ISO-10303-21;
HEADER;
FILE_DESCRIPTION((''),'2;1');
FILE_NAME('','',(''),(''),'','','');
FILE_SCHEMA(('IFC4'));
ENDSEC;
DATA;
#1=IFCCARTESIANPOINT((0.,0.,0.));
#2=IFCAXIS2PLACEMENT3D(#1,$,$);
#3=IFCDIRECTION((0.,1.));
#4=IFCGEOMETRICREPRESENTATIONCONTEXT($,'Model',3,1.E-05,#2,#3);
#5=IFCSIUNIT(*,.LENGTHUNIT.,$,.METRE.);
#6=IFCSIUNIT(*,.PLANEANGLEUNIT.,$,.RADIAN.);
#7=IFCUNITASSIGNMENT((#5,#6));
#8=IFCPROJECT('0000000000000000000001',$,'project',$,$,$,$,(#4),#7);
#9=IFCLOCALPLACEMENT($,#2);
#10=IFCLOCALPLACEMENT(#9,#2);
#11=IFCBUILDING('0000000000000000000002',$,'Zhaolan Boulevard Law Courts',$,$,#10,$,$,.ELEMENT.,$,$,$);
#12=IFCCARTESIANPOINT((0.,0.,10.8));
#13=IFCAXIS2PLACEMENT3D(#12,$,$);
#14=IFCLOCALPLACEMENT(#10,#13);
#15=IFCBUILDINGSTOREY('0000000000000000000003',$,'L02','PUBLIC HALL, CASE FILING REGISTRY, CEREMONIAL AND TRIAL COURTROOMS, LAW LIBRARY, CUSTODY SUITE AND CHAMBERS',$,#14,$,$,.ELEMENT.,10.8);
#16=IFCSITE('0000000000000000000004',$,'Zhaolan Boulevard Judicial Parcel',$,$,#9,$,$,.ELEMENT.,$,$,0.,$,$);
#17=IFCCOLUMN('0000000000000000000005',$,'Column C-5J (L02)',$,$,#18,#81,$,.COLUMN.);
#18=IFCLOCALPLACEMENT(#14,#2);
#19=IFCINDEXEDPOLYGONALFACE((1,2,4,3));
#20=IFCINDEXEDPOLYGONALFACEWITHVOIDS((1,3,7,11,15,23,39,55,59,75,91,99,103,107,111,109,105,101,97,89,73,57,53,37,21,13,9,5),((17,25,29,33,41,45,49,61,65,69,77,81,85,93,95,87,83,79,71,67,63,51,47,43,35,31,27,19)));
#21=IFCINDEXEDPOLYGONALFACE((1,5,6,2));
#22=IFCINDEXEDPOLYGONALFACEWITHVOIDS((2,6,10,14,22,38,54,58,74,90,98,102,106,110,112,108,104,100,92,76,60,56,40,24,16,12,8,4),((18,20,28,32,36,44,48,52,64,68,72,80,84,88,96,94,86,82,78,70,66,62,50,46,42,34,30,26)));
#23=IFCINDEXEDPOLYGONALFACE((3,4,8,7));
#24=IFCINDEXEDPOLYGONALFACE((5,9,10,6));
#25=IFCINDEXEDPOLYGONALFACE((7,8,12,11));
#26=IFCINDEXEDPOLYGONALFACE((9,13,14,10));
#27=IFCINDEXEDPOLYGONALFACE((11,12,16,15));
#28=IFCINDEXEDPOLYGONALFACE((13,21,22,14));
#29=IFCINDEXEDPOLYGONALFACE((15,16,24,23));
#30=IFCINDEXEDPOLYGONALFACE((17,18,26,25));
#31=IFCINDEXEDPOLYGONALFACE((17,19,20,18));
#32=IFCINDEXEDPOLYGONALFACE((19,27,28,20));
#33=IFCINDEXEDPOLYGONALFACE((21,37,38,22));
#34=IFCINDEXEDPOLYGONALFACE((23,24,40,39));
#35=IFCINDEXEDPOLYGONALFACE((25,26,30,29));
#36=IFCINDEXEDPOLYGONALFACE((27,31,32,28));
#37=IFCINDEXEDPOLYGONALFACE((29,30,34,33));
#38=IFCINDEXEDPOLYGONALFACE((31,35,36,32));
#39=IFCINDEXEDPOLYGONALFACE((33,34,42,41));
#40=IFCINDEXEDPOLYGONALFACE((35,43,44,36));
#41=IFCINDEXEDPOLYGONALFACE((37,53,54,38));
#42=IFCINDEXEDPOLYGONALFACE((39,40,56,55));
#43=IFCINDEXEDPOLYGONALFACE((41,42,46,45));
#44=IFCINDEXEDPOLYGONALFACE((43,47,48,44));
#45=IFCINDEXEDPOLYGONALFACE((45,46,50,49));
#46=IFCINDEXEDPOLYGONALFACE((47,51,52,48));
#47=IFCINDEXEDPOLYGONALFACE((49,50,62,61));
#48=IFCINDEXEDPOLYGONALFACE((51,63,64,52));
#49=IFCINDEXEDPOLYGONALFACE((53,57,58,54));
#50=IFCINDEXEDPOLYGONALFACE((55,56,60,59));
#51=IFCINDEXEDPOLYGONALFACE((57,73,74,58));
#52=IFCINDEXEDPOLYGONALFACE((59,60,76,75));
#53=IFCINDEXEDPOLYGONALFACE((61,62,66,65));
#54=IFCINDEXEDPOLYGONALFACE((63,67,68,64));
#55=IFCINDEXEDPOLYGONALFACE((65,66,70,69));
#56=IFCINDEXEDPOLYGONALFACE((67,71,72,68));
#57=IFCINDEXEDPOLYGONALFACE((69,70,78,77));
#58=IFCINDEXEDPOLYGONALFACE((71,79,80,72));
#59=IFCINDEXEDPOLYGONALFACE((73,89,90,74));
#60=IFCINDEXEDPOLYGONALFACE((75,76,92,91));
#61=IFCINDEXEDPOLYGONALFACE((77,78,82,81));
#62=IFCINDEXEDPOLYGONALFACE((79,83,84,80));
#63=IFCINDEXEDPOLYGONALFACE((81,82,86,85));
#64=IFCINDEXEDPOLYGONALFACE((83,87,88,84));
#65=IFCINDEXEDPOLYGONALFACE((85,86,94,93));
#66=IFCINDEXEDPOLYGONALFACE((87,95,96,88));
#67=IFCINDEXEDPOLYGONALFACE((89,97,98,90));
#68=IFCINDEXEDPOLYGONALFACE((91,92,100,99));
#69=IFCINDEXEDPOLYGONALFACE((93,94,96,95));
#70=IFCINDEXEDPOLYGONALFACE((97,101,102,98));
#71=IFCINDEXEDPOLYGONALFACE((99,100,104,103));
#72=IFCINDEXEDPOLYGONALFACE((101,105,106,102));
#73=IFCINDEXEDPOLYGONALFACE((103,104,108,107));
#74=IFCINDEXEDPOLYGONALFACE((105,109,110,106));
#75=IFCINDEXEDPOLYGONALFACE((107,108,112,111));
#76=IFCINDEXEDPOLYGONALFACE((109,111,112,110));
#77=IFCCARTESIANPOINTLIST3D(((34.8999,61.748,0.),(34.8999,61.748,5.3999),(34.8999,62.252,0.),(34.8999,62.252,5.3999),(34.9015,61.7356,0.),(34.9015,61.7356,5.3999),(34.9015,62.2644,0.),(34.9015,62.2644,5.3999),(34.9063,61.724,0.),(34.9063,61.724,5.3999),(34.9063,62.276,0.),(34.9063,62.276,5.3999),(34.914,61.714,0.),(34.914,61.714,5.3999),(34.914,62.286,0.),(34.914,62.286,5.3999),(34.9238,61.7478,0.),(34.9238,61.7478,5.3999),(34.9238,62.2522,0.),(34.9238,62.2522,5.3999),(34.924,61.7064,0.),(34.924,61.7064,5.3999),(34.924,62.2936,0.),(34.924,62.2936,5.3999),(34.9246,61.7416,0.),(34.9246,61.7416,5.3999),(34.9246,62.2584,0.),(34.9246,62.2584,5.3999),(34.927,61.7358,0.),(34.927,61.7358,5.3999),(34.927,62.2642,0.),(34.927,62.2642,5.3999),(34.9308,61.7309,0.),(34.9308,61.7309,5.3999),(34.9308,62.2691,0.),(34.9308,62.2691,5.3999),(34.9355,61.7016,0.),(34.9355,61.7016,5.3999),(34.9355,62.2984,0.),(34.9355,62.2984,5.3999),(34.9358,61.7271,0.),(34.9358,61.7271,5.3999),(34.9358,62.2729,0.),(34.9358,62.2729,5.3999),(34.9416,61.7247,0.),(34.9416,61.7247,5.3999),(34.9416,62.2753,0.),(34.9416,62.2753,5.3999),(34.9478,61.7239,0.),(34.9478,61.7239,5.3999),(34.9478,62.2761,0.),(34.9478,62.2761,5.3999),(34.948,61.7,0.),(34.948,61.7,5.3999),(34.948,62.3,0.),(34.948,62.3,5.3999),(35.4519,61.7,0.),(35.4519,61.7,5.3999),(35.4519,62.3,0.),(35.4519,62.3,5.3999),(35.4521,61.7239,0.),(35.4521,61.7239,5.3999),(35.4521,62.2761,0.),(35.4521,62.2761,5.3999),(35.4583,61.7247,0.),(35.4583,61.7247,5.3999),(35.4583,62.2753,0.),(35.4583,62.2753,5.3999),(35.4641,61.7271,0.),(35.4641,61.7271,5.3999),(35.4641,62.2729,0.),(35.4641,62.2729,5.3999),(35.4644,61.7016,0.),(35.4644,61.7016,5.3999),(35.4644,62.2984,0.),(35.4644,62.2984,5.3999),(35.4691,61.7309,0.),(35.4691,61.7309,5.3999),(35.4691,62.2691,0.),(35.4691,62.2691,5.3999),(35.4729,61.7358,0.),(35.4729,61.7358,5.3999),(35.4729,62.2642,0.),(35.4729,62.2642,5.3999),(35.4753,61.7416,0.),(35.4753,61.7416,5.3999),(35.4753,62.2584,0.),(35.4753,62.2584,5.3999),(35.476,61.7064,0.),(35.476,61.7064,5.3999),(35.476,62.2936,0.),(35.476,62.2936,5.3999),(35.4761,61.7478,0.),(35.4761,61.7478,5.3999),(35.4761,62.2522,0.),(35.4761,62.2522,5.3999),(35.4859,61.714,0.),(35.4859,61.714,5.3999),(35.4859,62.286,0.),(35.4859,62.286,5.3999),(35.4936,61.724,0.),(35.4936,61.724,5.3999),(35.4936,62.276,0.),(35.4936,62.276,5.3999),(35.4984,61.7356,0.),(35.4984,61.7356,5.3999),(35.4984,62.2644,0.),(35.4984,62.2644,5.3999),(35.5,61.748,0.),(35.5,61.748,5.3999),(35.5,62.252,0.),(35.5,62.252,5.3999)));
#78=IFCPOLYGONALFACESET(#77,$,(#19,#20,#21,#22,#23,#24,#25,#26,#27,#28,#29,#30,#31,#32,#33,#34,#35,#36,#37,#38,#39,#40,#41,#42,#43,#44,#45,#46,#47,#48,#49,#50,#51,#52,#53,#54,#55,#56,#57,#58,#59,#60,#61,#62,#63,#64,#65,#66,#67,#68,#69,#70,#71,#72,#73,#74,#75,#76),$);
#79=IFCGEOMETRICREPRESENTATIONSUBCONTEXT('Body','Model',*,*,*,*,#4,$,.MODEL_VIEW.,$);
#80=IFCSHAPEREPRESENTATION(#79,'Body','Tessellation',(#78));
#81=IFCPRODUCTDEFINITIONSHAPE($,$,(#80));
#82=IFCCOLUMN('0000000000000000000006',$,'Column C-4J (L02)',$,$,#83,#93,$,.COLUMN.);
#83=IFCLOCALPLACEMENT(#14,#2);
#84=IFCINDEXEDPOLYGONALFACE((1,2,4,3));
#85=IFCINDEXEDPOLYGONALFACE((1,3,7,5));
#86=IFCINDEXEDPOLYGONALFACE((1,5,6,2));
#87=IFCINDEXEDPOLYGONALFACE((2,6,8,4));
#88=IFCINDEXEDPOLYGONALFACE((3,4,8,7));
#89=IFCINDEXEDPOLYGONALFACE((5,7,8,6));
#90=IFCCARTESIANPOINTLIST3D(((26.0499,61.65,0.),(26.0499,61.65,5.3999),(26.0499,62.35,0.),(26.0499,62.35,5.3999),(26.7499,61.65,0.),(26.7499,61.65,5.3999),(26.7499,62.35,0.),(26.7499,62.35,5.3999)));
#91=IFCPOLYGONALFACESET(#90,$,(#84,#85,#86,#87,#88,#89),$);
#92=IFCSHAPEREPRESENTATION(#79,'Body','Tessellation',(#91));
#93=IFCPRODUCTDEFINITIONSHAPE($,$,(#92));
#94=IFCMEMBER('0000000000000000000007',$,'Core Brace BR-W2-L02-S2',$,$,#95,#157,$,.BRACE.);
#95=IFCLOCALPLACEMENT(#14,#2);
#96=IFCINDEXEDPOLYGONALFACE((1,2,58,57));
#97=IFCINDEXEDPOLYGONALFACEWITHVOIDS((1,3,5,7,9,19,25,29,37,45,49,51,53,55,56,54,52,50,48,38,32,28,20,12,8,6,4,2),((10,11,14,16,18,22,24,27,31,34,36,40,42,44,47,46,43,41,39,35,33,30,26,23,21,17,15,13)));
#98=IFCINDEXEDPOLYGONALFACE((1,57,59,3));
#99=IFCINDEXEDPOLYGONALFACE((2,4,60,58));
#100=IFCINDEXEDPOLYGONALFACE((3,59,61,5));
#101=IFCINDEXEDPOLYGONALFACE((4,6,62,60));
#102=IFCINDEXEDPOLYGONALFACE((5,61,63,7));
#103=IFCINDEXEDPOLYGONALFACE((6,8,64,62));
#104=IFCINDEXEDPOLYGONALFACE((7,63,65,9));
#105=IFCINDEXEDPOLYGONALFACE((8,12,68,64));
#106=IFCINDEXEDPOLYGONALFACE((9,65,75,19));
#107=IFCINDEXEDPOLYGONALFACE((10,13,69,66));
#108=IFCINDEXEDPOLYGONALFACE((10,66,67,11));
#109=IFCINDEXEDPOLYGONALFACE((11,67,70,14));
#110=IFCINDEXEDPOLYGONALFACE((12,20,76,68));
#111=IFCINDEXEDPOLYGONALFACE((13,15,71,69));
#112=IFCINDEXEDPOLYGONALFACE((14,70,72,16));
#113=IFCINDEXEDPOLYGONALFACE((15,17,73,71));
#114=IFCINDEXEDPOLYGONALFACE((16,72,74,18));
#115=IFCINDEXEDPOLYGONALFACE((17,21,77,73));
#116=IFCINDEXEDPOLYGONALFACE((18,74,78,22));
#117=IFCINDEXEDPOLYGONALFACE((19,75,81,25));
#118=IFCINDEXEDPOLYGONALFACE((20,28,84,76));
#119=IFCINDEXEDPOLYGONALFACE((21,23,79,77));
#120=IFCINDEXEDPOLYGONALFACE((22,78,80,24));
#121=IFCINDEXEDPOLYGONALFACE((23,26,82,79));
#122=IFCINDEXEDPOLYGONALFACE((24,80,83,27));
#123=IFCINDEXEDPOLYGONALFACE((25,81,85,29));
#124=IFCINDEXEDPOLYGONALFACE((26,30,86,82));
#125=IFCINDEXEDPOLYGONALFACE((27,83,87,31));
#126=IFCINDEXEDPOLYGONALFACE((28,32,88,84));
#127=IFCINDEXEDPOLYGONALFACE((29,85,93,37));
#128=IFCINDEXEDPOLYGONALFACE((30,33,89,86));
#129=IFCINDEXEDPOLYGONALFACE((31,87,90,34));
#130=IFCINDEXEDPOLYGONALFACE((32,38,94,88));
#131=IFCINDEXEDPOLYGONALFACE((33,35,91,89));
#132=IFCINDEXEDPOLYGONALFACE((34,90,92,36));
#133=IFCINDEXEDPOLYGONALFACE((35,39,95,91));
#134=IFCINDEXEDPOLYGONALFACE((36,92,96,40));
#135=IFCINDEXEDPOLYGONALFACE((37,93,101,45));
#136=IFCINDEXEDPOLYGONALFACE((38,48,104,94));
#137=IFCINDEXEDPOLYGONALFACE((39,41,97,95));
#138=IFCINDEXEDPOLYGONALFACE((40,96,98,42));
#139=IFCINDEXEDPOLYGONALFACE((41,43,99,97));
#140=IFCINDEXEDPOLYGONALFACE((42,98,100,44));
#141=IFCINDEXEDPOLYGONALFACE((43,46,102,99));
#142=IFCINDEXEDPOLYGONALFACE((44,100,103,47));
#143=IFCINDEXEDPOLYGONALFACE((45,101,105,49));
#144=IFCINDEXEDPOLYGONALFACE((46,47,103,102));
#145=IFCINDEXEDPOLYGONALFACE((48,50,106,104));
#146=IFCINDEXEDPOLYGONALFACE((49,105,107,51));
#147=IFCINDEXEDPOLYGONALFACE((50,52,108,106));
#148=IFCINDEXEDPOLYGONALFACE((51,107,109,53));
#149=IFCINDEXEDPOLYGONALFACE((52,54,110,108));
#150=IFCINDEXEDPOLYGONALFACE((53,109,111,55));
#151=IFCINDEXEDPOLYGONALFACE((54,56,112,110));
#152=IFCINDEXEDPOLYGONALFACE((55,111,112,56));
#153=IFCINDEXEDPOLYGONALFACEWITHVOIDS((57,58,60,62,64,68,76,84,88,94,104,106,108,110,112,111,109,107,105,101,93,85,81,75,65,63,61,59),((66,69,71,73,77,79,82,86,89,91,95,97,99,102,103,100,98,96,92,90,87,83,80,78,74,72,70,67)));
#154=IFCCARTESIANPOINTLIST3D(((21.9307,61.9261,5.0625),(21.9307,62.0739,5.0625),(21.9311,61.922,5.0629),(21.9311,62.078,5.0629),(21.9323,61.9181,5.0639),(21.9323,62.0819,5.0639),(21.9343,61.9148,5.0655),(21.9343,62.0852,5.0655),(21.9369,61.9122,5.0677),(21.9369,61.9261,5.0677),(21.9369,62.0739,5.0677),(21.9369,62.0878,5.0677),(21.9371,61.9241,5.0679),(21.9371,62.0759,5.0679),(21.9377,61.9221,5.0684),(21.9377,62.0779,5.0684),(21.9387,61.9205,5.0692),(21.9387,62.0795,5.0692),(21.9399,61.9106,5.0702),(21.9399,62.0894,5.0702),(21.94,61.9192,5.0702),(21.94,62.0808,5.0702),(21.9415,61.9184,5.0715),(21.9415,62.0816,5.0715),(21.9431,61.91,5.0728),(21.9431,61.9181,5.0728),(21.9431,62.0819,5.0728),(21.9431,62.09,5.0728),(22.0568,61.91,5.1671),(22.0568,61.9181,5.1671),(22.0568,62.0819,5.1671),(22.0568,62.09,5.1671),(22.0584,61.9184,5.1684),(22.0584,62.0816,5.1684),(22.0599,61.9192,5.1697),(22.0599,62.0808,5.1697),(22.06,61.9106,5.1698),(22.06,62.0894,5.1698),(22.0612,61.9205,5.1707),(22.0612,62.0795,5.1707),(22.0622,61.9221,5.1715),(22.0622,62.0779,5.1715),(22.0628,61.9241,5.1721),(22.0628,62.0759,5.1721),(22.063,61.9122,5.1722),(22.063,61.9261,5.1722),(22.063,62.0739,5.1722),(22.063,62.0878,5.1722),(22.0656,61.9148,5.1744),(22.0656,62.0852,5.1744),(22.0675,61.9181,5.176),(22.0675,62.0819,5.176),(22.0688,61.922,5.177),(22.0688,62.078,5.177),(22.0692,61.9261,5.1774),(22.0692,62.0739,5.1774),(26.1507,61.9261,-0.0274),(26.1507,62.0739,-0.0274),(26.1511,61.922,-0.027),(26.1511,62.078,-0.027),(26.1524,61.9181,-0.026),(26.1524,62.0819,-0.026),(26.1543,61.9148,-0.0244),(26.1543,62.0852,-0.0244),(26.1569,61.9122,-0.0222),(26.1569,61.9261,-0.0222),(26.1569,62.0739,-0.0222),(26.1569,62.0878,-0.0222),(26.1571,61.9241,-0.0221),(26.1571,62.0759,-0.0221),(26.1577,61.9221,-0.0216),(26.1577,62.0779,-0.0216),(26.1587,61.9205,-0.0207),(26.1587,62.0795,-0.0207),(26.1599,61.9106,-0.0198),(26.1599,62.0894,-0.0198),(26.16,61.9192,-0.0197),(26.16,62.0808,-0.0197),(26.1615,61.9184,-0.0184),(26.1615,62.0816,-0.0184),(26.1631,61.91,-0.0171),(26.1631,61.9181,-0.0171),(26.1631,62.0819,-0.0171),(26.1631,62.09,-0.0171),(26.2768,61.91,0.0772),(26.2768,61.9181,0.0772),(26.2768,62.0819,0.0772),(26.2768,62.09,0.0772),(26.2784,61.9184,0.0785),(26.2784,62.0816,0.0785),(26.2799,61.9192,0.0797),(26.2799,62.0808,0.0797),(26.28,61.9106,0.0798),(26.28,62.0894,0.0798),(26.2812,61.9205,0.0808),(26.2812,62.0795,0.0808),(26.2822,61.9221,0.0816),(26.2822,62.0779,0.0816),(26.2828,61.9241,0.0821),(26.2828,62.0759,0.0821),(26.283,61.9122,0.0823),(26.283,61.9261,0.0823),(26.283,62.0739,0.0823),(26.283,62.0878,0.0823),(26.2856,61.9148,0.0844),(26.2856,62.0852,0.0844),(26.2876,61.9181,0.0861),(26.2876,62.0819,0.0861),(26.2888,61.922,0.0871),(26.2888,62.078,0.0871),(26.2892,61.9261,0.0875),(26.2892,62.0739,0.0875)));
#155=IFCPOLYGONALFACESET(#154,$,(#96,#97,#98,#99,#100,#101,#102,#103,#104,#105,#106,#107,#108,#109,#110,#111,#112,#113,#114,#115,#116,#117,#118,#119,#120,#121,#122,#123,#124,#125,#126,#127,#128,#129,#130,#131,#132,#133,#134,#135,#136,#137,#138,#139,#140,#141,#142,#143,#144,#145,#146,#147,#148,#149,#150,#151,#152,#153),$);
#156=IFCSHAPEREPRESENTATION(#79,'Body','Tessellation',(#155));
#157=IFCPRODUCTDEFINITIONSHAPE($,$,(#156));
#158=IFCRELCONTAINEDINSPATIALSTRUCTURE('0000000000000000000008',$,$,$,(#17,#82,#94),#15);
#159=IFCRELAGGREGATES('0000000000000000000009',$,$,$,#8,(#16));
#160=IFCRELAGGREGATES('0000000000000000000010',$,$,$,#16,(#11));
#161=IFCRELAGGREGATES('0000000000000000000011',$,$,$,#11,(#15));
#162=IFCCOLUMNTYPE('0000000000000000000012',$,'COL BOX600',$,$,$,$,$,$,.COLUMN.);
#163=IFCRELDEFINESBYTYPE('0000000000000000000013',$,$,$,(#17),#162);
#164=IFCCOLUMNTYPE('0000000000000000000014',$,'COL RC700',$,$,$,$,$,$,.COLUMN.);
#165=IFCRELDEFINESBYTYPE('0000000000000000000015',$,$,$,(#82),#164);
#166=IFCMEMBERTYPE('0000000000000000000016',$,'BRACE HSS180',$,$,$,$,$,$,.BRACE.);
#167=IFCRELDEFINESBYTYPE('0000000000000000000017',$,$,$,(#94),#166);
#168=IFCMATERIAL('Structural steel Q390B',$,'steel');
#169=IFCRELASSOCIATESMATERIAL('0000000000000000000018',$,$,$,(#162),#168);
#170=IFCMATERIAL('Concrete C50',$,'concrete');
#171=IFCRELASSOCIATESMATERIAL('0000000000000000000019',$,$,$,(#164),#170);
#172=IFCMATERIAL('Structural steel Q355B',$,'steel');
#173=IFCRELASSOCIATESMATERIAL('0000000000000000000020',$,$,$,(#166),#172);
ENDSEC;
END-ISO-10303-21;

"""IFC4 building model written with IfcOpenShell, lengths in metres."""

from ifc_helpers import new_model, si_unit, direction, frame, origin, origin_2d, place, context, subcontext, project, spatial, rectangle, hollow_rectangle, extrude, material, material_profile, profile_set, type_object, element, save


model = new_model("IFC4")

# Units and contexts
model_context = context("Model", 3, precision=1e-05, world=origin(), true_north=direction((0.0, 1.0)))
body_context = subcontext(model_context, "Body", "Model", "MODEL_VIEW")
ifc_project = project(units=[si_unit("LENGTHUNIT", "METRE"), si_unit("PLANEANGLEUNIT", "RADIAN")], contexts=[model_context])

# Site, building, storey
site_placement = place(None, origin())
site = spatial("IfcSite", under=ifc_project, at=site_placement, Name="Zhaolan Boulevard Judicial Parcel", CompositionType="ELEMENT", RefElevation=0.0)
building_placement = place(site_placement, origin())
building = spatial("IfcBuilding", under=site, at=building_placement, Name="Zhaolan Boulevard Law Courts", CompositionType="ELEMENT")
storey_placement = place(building_placement, frame((0.0, 0.0, 10.8)))
storey = spatial("IfcBuildingStorey", under=building, at=storey_placement, Name="L02", Description="PUBLIC HALL, CASE FILING REGISTRY, CEREMONIAL AND TRIAL COURTROOMS, LAW LIBRARY, CUSTODY SUITE AND CHAMBERS", CompositionType="ELEMENT", Elevation=10.8)

# Columns
ifc_material_1 = material(Name="Structural steel Q390B", Category="steel")
ifc_material_profile_1 = material_profile(ifc_material_1, hollow_rectangle(XDim=0.6001, YDim=0.6001, WallThickness=0.0239, InnerFilletRadius=0.0239, OuterFilletRadius=0.0481, at=origin_2d()), Name="BOX600x600x24")
ifc_profile_set_1 = profile_set([ifc_material_profile_1], Name="Structural steel Q390B")
column_type_1 = type_object("IfcColumnType", Name="COL BOX600", PredefinedType="COLUMN", material=ifc_profile_set_1)
column_1_placement = place(storey_placement, frame((35.2, 62.0, 0.0), z_axis=(0.0, 0.0, 1.0), x_axis=(1.0, 0.0, 0.0)))
element("IfcColumn", 1, at=column_1_placement, inside=storey, type_object=column_type_1, Name="Column C-5J (L02)", PredefinedType="COLUMN", context=body_context, shape_type="SweptSolid", body=[
    extrude(hollow_rectangle(XDim=0.6001, YDim=0.6001, WallThickness=0.0239, InnerFilletRadius=0.0239, OuterFilletRadius=0.0481, at=origin_2d()), origin(), (0.0, 0.0, 1.0), 5.3999),
])
ifc_material_2 = material(Name="Concrete C50", Category="concrete")
ifc_material_profile_2 = material_profile(ifc_material_2, rectangle(XDim=0.7, YDim=0.7, at=origin_2d()), Name="RC700x700")
ifc_profile_set_2 = profile_set([ifc_material_profile_2], Name="Concrete C50")
column_type_2 = type_object("IfcColumnType", Name="COL RC700", PredefinedType="COLUMN", material=ifc_profile_set_2)
column_2_placement = place(storey_placement, frame((26.3999, 62.0, 0.0), z_axis=(0.0, 0.0, 1.0), x_axis=(1.0, 0.0, 0.0)))
element("IfcColumn", 2, at=column_2_placement, inside=storey, type_object=column_type_2, Name="Column C-4J (L02)", PredefinedType="COLUMN", context=body_context, shape_type="SweptSolid", body=[
    extrude(rectangle(XDim=0.7, YDim=0.7, at=origin_2d()), origin(), (0.0, 0.0, 1.0), 5.3999),
])

# Member
ifc_material_3 = material(Name="Structural steel Q355B", Category="steel")
ifc_material_profile_3 = material_profile(ifc_material_3, hollow_rectangle(XDim=0.1799, YDim=0.1799, WallThickness=0.0081, InnerFilletRadius=0.0081, OuterFilletRadius=0.0161, at=origin_2d()), Name="HSS180x180x8")
ifc_profile_set_3 = profile_set([ifc_material_profile_3], Name="Structural steel Q355B")
member_type = type_object("IfcMemberType", Name="BRACE HSS180", PredefinedType="BRACE", material=ifc_profile_set_3)
member_placement = place(storey_placement, frame((26.22, 62.0, 0.03), z_axis=(-0.638257, 0.0, 0.769823), x_axis=(0.0, -1.0, 0.0)))
element("IfcMember", 3, at=member_placement, inside=storey, type_object=member_type, Name="Core Brace BR-W2-L02-S2", PredefinedType="BRACE", context=body_context, shape_type="SweptSolid", body=[
    extrude(hollow_rectangle(XDim=0.1799, YDim=0.1799, WallThickness=0.0081, InnerFilletRadius=0.0081, OuterFilletRadius=0.0161, at=origin_2d()), origin(), (0.0, 0.0, 1.0), 6.6118),
])

save(model, "model.ifc")
